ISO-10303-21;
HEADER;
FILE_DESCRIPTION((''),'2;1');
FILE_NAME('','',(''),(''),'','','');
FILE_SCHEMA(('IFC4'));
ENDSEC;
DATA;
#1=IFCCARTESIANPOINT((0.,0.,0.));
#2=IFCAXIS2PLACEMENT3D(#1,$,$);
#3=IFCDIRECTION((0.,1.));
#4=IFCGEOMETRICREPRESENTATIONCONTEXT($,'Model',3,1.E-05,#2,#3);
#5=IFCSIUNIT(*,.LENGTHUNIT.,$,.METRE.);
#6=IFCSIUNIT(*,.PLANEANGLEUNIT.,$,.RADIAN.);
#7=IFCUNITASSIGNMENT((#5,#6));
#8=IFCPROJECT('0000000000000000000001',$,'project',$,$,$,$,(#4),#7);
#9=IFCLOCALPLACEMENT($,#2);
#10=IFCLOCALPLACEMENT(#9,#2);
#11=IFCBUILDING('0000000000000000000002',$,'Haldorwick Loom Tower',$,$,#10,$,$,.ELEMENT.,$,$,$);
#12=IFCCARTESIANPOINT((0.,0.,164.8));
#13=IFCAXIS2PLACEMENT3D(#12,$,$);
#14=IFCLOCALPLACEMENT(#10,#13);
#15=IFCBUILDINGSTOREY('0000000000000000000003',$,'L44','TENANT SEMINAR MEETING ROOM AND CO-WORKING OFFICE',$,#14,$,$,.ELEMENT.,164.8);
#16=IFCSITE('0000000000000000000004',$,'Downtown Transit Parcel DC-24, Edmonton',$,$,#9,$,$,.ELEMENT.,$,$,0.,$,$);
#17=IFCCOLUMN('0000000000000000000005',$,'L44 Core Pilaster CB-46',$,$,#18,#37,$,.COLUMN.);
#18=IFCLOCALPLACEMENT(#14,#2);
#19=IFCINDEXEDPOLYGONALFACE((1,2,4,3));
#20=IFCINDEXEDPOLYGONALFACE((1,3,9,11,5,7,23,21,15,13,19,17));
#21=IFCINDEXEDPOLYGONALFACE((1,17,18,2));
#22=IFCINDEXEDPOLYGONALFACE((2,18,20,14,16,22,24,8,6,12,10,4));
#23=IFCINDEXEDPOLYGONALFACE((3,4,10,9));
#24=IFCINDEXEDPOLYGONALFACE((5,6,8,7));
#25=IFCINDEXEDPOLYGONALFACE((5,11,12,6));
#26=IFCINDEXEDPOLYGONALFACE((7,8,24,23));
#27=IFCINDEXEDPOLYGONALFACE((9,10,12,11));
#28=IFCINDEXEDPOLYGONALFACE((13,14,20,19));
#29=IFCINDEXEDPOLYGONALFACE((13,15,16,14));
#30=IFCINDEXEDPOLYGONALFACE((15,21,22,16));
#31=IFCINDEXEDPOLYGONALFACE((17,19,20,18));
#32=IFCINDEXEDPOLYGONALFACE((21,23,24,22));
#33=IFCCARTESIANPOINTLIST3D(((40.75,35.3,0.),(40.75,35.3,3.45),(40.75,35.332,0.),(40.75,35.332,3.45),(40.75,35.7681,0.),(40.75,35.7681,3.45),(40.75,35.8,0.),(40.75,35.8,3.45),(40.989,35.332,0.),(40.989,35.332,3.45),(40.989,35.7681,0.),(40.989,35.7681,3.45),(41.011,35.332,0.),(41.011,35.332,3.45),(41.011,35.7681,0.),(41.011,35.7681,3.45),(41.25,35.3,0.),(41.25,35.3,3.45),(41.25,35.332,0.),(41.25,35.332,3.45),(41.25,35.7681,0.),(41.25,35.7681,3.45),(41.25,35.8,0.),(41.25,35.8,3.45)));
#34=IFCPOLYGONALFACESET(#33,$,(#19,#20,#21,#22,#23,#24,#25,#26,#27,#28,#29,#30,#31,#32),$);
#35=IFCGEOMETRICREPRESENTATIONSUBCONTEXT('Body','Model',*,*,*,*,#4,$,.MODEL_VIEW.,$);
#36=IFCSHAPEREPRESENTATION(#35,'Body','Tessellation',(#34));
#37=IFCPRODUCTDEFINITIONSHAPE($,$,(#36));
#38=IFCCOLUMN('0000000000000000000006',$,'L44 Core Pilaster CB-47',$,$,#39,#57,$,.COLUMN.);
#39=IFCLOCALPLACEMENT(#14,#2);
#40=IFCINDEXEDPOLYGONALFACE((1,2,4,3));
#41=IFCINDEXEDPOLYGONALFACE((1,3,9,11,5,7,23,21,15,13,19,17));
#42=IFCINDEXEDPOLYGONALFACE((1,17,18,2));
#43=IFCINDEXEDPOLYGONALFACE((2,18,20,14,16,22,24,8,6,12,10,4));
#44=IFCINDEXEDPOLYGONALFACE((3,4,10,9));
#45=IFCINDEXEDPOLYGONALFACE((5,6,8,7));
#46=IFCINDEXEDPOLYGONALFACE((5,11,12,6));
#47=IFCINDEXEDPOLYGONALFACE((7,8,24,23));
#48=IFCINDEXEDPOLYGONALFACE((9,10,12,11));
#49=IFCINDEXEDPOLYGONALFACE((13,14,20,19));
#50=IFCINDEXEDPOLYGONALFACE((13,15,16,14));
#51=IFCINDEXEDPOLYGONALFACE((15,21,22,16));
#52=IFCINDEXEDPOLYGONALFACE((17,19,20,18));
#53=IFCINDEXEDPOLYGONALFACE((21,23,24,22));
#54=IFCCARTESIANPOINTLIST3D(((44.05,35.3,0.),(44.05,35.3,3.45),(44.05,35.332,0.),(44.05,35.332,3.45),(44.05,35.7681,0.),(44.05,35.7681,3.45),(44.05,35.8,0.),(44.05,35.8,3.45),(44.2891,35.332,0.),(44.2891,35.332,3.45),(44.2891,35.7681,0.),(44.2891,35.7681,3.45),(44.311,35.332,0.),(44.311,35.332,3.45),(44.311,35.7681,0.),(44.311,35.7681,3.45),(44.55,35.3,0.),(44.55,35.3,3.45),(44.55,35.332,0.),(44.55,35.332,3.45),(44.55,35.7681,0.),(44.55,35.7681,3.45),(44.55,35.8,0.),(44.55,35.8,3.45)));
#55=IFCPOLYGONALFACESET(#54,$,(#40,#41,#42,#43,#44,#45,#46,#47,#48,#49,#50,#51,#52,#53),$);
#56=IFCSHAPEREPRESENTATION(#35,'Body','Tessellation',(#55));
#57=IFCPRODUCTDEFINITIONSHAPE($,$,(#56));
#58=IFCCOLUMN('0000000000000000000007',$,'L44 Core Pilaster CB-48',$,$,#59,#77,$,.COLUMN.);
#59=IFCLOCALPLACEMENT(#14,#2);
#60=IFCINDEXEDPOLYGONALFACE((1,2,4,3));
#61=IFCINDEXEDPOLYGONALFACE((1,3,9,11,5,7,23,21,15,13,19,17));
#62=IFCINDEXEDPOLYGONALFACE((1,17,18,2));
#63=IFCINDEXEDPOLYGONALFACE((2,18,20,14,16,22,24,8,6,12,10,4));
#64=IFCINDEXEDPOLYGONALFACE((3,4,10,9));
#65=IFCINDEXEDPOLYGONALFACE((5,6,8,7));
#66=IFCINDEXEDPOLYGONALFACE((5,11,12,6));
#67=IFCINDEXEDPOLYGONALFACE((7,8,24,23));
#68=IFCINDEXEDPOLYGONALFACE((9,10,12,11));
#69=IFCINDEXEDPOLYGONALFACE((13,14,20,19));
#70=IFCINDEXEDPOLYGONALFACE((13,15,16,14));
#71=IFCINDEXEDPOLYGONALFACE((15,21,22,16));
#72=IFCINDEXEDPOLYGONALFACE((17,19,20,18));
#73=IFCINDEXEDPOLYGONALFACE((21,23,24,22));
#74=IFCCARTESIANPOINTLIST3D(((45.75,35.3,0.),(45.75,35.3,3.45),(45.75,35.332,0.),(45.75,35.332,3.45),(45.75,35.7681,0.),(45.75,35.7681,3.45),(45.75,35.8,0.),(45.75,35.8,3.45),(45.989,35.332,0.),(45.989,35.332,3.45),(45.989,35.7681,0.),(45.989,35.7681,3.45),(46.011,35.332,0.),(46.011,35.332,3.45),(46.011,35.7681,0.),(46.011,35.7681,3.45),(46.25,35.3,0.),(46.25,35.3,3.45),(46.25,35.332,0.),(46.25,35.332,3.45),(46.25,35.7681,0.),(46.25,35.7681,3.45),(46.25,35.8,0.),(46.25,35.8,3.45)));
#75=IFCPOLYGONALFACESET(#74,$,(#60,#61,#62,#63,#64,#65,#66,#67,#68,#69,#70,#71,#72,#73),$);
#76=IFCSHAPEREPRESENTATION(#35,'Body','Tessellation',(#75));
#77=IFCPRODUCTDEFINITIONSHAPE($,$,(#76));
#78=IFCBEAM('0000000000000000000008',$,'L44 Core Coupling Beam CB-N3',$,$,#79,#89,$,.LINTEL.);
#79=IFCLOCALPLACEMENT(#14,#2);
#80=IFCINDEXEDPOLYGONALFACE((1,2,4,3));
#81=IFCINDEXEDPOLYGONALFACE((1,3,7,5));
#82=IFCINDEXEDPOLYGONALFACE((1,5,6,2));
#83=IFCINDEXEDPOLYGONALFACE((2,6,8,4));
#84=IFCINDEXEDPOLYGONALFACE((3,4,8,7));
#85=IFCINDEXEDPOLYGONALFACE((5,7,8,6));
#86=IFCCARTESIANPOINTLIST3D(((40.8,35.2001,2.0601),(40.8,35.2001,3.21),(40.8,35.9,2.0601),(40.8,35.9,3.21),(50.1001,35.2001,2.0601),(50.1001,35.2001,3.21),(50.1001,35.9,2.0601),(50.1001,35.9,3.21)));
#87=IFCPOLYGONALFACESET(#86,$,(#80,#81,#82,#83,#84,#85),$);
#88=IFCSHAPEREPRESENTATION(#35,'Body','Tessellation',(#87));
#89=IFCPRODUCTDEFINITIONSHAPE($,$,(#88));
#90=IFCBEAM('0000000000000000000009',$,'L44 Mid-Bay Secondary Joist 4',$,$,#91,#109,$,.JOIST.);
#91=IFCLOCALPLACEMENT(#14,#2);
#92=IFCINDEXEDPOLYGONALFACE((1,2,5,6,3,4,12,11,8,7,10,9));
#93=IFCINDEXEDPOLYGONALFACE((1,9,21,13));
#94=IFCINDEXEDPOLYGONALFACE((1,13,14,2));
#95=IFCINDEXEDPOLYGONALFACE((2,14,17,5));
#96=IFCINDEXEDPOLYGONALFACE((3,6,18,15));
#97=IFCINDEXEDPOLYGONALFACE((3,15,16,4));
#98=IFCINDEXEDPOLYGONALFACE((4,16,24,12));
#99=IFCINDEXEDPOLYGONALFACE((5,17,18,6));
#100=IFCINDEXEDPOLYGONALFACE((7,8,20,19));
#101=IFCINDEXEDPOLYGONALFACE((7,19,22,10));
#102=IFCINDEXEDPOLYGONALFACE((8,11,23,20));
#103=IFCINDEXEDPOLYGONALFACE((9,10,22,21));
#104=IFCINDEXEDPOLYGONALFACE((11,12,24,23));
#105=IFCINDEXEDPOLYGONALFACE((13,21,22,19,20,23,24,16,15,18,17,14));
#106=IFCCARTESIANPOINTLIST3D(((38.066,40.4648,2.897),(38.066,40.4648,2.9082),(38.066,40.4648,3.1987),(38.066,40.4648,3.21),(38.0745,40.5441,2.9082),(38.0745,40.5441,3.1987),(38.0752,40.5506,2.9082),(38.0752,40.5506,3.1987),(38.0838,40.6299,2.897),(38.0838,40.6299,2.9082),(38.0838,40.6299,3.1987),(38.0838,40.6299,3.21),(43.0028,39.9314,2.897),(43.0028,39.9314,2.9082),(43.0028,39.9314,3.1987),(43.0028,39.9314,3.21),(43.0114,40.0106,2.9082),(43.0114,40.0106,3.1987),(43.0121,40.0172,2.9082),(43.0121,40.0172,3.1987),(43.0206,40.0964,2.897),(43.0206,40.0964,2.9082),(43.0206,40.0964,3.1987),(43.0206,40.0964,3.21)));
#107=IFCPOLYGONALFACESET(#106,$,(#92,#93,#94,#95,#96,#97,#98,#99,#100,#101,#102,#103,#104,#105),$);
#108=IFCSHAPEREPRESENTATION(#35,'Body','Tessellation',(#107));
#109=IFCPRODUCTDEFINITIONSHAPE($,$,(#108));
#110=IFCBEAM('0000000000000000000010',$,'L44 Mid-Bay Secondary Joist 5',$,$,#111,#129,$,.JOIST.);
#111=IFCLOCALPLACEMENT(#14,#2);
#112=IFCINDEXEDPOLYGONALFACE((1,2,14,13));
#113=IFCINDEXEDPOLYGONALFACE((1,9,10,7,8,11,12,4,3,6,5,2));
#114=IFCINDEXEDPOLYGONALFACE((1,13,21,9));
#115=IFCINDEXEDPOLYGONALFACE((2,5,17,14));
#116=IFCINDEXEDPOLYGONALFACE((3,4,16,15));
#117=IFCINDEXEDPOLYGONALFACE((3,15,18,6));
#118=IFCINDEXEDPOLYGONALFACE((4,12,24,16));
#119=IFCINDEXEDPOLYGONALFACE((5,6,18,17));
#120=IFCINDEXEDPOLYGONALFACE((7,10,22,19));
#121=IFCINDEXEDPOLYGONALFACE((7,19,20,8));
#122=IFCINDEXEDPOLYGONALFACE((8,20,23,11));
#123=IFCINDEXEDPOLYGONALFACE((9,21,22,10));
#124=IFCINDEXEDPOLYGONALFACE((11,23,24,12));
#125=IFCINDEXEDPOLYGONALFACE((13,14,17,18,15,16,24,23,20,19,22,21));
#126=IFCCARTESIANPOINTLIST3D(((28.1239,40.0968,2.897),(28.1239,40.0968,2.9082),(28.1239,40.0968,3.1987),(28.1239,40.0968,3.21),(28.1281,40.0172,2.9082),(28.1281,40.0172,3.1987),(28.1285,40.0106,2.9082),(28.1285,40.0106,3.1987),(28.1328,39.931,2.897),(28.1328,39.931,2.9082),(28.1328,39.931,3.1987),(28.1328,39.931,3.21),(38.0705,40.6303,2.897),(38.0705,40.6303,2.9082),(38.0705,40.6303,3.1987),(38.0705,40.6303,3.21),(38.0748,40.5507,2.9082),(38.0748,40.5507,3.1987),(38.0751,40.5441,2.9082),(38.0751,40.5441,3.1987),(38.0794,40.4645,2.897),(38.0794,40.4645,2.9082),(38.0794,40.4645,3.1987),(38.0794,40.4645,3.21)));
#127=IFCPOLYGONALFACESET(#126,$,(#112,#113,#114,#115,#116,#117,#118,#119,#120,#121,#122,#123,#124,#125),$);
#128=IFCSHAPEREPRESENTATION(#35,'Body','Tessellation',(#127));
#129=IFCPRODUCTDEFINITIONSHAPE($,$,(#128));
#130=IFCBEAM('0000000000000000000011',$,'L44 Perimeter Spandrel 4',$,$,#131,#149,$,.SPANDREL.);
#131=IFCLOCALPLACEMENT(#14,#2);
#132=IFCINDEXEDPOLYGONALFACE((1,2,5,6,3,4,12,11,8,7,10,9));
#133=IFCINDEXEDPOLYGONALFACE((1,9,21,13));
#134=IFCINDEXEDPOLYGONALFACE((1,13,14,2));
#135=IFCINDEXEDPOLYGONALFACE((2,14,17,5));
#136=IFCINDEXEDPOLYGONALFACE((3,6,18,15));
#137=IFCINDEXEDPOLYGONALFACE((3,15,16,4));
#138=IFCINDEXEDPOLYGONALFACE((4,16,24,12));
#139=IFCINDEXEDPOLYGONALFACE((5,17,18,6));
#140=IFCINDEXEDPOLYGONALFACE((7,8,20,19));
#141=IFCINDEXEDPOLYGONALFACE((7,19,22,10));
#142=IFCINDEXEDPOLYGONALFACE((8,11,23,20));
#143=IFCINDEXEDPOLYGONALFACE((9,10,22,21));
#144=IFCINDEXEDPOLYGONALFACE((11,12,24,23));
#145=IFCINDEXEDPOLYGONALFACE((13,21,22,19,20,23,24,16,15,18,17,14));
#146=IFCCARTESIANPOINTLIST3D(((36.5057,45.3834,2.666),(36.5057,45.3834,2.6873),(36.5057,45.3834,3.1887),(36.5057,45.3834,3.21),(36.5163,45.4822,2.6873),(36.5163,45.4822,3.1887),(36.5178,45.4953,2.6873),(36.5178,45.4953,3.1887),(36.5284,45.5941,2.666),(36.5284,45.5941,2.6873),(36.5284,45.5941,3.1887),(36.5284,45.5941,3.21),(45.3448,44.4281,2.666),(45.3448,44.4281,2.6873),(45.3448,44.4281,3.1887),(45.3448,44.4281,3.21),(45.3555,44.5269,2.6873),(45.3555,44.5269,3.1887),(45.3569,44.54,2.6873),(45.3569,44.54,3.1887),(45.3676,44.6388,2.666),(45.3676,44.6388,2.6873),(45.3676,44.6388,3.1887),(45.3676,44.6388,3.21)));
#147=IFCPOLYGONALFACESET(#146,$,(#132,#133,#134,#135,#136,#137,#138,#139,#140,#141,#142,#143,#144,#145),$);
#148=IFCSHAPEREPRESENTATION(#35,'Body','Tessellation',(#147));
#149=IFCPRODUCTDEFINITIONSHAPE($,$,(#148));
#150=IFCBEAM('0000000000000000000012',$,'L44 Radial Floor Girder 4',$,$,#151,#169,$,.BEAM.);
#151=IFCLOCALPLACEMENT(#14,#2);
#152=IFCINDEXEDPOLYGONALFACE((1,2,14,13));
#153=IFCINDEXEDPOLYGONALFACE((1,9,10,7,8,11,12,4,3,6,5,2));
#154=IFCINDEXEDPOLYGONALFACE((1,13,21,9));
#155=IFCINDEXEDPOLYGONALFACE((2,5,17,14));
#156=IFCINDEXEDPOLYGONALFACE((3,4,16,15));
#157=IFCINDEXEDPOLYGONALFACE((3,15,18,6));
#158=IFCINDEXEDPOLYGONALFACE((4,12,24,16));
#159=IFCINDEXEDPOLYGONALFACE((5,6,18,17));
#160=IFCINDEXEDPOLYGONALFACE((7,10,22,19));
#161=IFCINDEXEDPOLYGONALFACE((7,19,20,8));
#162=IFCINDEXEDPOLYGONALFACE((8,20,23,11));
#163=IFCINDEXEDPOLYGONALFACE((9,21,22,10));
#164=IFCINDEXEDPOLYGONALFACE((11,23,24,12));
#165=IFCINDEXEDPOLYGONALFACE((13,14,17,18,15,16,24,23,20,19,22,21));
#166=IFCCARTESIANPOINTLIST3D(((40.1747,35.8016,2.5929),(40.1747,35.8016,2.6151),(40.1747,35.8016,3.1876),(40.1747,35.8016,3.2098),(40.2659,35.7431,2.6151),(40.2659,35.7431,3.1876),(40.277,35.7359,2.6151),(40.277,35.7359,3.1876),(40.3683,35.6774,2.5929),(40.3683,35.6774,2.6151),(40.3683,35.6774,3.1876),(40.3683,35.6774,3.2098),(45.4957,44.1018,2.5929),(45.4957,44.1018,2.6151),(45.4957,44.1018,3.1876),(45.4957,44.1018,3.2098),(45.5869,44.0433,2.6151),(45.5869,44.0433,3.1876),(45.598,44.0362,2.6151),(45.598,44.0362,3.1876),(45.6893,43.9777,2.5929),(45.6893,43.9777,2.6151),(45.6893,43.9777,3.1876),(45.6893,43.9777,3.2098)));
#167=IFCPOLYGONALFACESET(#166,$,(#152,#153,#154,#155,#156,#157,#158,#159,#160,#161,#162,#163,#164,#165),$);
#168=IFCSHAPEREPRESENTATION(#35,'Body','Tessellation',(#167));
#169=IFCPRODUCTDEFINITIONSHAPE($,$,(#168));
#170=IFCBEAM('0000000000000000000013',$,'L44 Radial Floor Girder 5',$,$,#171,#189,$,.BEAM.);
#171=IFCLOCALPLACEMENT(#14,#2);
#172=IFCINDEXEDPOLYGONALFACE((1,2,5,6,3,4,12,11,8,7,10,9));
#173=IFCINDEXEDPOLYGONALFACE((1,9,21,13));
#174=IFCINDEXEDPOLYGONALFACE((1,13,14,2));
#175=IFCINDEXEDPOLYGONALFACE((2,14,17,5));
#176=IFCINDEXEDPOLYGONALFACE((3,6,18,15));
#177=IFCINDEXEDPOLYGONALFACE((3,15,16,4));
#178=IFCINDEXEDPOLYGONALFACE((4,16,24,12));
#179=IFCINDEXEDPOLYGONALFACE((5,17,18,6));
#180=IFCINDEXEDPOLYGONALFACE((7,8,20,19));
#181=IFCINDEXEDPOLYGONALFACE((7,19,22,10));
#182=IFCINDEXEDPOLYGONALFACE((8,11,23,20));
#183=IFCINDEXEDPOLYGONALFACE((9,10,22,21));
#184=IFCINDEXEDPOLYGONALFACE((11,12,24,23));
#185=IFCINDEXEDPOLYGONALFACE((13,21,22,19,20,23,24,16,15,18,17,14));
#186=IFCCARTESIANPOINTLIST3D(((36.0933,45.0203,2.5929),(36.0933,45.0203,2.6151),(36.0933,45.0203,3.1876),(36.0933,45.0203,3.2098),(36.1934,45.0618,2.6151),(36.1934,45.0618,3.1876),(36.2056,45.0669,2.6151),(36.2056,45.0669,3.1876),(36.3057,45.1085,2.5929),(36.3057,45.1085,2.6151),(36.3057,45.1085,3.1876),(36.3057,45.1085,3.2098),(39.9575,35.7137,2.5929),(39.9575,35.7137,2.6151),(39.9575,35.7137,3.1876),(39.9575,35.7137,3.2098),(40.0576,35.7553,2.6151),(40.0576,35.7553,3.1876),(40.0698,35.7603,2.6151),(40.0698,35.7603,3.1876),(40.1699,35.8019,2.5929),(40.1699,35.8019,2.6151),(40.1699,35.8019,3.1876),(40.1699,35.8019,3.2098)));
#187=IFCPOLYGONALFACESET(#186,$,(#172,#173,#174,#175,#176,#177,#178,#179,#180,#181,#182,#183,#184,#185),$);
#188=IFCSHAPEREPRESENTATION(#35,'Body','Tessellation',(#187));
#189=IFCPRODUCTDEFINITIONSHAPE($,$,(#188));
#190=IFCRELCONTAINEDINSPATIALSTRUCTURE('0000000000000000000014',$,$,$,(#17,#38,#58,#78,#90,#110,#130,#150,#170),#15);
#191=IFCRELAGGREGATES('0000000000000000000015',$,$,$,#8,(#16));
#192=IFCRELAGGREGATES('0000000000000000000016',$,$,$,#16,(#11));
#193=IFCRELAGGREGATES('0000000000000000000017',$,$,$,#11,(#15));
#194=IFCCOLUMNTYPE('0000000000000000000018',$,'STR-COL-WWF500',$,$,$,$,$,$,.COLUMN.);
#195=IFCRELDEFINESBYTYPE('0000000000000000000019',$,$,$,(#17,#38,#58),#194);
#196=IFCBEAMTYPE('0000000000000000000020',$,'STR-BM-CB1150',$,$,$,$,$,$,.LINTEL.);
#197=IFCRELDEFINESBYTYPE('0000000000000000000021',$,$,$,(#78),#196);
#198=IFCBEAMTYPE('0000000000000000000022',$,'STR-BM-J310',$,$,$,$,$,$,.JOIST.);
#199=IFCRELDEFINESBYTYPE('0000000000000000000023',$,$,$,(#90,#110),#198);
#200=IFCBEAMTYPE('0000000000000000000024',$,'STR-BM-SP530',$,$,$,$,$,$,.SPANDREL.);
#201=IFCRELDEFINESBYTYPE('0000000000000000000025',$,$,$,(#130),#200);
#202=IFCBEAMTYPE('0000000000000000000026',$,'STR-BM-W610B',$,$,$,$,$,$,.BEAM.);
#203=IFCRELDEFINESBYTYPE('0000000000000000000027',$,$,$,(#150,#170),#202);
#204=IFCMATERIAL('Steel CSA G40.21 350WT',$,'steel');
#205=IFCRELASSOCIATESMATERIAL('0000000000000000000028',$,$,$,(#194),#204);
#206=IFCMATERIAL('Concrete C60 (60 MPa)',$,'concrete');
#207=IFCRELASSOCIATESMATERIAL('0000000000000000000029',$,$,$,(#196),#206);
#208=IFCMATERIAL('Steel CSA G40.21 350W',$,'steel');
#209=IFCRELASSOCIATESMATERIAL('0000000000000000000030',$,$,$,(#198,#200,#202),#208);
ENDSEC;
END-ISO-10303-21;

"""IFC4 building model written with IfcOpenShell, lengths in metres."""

from ifc_helpers import new_model, si_unit, direction, frame, origin, origin_2d, place, context, subcontext, project, spatial, rectangle, i_section, extrude, material, material_profile, profile_set, type_object, element, save


model = new_model("IFC4")

# Units and contexts
model_context = context("Model", 3, precision=1e-05, world=origin(), true_north=direction((0.0, 1.0)))
body_context = subcontext(model_context, "Body", "Model", "MODEL_VIEW")
ifc_project = project(units=[si_unit("LENGTHUNIT", "METRE"), si_unit("PLANEANGLEUNIT", "RADIAN")], contexts=[model_context])

# Site, building, storey
site_placement = place(None, origin())
site = spatial("IfcSite", under=ifc_project, at=site_placement, Name="Downtown Transit Parcel DC-24, Edmonton", CompositionType="ELEMENT", RefElevation=0.0)
building_placement = place(site_placement, origin())
building = spatial("IfcBuilding", under=site, at=building_placement, Name="Haldorwick Loom Tower", CompositionType="ELEMENT")
storey_placement = place(building_placement, frame((0.0, 0.0, 164.8)))
storey = spatial("IfcBuildingStorey", under=building, at=storey_placement, Name="L44", Description="TENANT SEMINAR MEETING ROOM AND CO-WORKING OFFICE", CompositionType="ELEMENT", Elevation=164.8)

# Columns
ifc_material_1 = material(Name="Concrete C60 (60 MPa)", Category="concrete")
ifc_material_2 = material(Name="Steel CSA G40.21 350WT", Category="steel")
ifc_material_profile_1 = material_profile(ifc_material_2, i_section(OverallWidth=0.5, OverallDepth=0.5, WebThickness=0.022, FlangeThickness=0.032, at=origin_2d()), Name="WWF500X500", Category="steel")
ifc_profile_set_1 = profile_set([ifc_material_profile_1], Name="Steel CSA G40.21 350WT")
column_type_1 = type_object("IfcColumnType", Name="STR-COL-WWF500", PredefinedType="COLUMN", material=ifc_profile_set_1)
for number, where, z_axis, x_axis, name in (
    (1, (41.0, 35.55, 0.0), (0.0, 0.0, 1.0), (1.0, 0.0, 0.0), "L44 Core Pilaster CB-46"),
    (2, (44.3, 35.55, 0.0), (0.0, 0.0, 1.0), (1.0, 0.0, 0.0), "L44 Core Pilaster CB-47"),
    (3, (46.0, 35.55, 0.0), (0.0, 0.0, 1.0), (1.0, 0.0, 0.0), "L44 Core Pilaster CB-48"),
):
    element("IfcColumn", number, at=place(storey_placement, frame(where, z_axis=z_axis, x_axis=x_axis)), inside=storey, type_object=column_type_1, Name=name, PredefinedType="COLUMN", context=body_context, shape_type="SweptSolid", body=[
        extrude(i_section(OverallWidth=0.5, OverallDepth=0.5, WebThickness=0.022, FlangeThickness=0.032, at=origin_2d()), origin(), (0.0, 0.0, 1.0), 3.45),
    ])

# Beams
ifc_material_profile_2 = material_profile(ifc_material_1, rectangle(XDim=0.7, YDim=1.1499, at=origin_2d()), Name="RC700X1150", Category="concrete")
ifc_profile_set_2 = profile_set([ifc_material_profile_2], Name="Concrete C60 (60 MPa)")
beam_type_1 = type_object("IfcBeamType", Name="STR-BM-CB1150", PredefinedType="LINTEL", material=ifc_profile_set_2)
beam_1_placement = place(storey_placement, frame((40.8, 35.55, 2.635), z_axis=(1.0, 0.0, 0.0), x_axis=(0.0, 1.0, 0.0)))
element("IfcBeam", 4, at=beam_1_placement, inside=storey, type_object=beam_type_1, Name="L44 Core Coupling Beam CB-N3", PredefinedType="LINTEL", context=body_context, shape_type="SweptSolid", body=[
    extrude(rectangle(XDim=0.7, YDim=1.1499, at=origin_2d()), origin(), (0.0, 0.0, 1.0), 9.3),
])
ifc_material_3 = material(Name="Steel CSA G40.21 350W", Category="steel")
ifc_material_profile_3 = material_profile(ifc_material_3, i_section(OverallWidth=0.166, OverallDepth=0.313, WebThickness=0.0066, FlangeThickness=0.0112, at=origin_2d()), Name="W310X45", Category="steel")
ifc_profile_set_3 = profile_set([ifc_material_profile_3], Name="Steel CSA G40.21 350W")
beam_type_2 = type_object("IfcBeamType", Name="STR-BM-J310", PredefinedType="JOIST", material=ifc_profile_set_3)
beam_2_placement = place(storey_placement, frame((43.0117, 40.0139, 3.0535), z_axis=(-0.994213, 0.107431, 0.0), x_axis=(-0.107431, -0.994213, 0.0)))
element("IfcBeam", 5, at=beam_2_placement, inside=storey, type_object=beam_type_2, Name="L44 Mid-Bay Secondary Joist 4", PredefinedType="JOIST", context=body_context, shape_type="SweptSolid", body=[
    extrude(i_section(OverallWidth=0.166, OverallDepth=0.313, WebThickness=0.0066, FlangeThickness=0.0112, at=origin_2d()), origin(), (0.0, 0.0, 1.0), 4.9656),
])
beam_3_placement = place(storey_placement, frame((38.075, 40.5474, 3.0535), z_axis=(-0.998565, -0.053555, 0.0), x_axis=(0.053555, -0.998565, 0.0)))
element("IfcBeam", 6, at=beam_3_placement, inside=storey, type_object=beam_type_2, Name="L44 Mid-Bay Secondary Joist 5", PredefinedType="JOIST", context=body_context, shape_type="SweptSolid", body=[
    extrude(i_section(OverallWidth=0.166, OverallDepth=0.313, WebThickness=0.0066, FlangeThickness=0.0112, at=origin_2d()), origin(), (0.0, 0.0, 1.0), 9.9609),
])
ifc_material_profile_4 = material_profile(ifc_material_3, i_section(OverallWidth=0.2119, OverallDepth=0.5439, WebThickness=0.0132, FlangeThickness=0.0212, at=origin_2d()), Name="W530X123", Category="steel")
ifc_profile_set_4 = profile_set([ifc_material_profile_4], Name="Steel CSA G40.21 350W")
beam_type_3 = type_object("IfcBeamType", Name="STR-BM-SP530", PredefinedType="SPANDREL", material=ifc_profile_set_4)
beam_4_placement = place(storey_placement, frame((45.3562, 44.5334, 2.938), z_axis=(-0.99421, 0.107453, 0.0), x_axis=(-0.107453, -0.99421, 0.0)))
element("IfcBeam", 7, at=beam_4_placement, inside=storey, type_object=beam_type_3, Name="L44 Perimeter Spandrel 4", PredefinedType="SPANDREL", context=body_context, shape_type="SweptSolid", body=[
    extrude(i_section(OverallWidth=0.2119, OverallDepth=0.5439, WebThickness=0.0132, FlangeThickness=0.0212, at=origin_2d()), origin(), (0.0, 0.0, 1.0), 8.8906),
])
ifc_material_profile_5 = material_profile(ifc_material_3, i_section(OverallWidth=0.23, OverallDepth=0.6169, WebThickness=0.0132, FlangeThickness=0.0222, at=origin_2d()), Name="W610X140", Category="steel")
ifc_profile_set_5 = profile_set([ifc_material_profile_5], Name="Steel CSA G40.21 350W")
beam_type_4 = type_object("IfcBeamType", Name="STR-BM-W610B", PredefinedType="BEAM", material=ifc_profile_set_5)
beam_5_placement = place(storey_placement, frame((40.2715, 35.7395, 2.9014), z_axis=(0.539691, 0.841863, 0.0), x_axis=(-0.841863, 0.539691, 0.0)))
element("IfcBeam", 8, at=beam_5_placement, inside=storey, type_object=beam_type_4, Name="L44 Radial Floor Girder 4", PredefinedType="BEAM", context=body_context, shape_type="SweptSolid", body=[
    extrude(i_section(OverallWidth=0.23, OverallDepth=0.6169, WebThickness=0.0132, FlangeThickness=0.0222, at=origin_2d()), origin(), (0.0, 0.0, 1.0), 9.8594),
])
beam_6_placement = place(storey_placement, frame((40.0637, 35.7578, 2.9014), z_axis=(-0.383473, 0.923552, 0.0), x_axis=(-0.923552, -0.383473, 0.0)))
element("IfcBeam", 9, at=beam_6_placement, inside=storey, type_object=beam_type_4, Name="L44 Radial Floor Girder 5", PredefinedType="BEAM", context=body_context, shape_type="SweptSolid", body=[
    extrude(i_section(OverallWidth=0.23, OverallDepth=0.6169, WebThickness=0.0132, FlangeThickness=0.0222, at=origin_2d()), origin(), (0.0, 0.0, 1.0), 10.0769),
])

save(model, "model.ifc")
